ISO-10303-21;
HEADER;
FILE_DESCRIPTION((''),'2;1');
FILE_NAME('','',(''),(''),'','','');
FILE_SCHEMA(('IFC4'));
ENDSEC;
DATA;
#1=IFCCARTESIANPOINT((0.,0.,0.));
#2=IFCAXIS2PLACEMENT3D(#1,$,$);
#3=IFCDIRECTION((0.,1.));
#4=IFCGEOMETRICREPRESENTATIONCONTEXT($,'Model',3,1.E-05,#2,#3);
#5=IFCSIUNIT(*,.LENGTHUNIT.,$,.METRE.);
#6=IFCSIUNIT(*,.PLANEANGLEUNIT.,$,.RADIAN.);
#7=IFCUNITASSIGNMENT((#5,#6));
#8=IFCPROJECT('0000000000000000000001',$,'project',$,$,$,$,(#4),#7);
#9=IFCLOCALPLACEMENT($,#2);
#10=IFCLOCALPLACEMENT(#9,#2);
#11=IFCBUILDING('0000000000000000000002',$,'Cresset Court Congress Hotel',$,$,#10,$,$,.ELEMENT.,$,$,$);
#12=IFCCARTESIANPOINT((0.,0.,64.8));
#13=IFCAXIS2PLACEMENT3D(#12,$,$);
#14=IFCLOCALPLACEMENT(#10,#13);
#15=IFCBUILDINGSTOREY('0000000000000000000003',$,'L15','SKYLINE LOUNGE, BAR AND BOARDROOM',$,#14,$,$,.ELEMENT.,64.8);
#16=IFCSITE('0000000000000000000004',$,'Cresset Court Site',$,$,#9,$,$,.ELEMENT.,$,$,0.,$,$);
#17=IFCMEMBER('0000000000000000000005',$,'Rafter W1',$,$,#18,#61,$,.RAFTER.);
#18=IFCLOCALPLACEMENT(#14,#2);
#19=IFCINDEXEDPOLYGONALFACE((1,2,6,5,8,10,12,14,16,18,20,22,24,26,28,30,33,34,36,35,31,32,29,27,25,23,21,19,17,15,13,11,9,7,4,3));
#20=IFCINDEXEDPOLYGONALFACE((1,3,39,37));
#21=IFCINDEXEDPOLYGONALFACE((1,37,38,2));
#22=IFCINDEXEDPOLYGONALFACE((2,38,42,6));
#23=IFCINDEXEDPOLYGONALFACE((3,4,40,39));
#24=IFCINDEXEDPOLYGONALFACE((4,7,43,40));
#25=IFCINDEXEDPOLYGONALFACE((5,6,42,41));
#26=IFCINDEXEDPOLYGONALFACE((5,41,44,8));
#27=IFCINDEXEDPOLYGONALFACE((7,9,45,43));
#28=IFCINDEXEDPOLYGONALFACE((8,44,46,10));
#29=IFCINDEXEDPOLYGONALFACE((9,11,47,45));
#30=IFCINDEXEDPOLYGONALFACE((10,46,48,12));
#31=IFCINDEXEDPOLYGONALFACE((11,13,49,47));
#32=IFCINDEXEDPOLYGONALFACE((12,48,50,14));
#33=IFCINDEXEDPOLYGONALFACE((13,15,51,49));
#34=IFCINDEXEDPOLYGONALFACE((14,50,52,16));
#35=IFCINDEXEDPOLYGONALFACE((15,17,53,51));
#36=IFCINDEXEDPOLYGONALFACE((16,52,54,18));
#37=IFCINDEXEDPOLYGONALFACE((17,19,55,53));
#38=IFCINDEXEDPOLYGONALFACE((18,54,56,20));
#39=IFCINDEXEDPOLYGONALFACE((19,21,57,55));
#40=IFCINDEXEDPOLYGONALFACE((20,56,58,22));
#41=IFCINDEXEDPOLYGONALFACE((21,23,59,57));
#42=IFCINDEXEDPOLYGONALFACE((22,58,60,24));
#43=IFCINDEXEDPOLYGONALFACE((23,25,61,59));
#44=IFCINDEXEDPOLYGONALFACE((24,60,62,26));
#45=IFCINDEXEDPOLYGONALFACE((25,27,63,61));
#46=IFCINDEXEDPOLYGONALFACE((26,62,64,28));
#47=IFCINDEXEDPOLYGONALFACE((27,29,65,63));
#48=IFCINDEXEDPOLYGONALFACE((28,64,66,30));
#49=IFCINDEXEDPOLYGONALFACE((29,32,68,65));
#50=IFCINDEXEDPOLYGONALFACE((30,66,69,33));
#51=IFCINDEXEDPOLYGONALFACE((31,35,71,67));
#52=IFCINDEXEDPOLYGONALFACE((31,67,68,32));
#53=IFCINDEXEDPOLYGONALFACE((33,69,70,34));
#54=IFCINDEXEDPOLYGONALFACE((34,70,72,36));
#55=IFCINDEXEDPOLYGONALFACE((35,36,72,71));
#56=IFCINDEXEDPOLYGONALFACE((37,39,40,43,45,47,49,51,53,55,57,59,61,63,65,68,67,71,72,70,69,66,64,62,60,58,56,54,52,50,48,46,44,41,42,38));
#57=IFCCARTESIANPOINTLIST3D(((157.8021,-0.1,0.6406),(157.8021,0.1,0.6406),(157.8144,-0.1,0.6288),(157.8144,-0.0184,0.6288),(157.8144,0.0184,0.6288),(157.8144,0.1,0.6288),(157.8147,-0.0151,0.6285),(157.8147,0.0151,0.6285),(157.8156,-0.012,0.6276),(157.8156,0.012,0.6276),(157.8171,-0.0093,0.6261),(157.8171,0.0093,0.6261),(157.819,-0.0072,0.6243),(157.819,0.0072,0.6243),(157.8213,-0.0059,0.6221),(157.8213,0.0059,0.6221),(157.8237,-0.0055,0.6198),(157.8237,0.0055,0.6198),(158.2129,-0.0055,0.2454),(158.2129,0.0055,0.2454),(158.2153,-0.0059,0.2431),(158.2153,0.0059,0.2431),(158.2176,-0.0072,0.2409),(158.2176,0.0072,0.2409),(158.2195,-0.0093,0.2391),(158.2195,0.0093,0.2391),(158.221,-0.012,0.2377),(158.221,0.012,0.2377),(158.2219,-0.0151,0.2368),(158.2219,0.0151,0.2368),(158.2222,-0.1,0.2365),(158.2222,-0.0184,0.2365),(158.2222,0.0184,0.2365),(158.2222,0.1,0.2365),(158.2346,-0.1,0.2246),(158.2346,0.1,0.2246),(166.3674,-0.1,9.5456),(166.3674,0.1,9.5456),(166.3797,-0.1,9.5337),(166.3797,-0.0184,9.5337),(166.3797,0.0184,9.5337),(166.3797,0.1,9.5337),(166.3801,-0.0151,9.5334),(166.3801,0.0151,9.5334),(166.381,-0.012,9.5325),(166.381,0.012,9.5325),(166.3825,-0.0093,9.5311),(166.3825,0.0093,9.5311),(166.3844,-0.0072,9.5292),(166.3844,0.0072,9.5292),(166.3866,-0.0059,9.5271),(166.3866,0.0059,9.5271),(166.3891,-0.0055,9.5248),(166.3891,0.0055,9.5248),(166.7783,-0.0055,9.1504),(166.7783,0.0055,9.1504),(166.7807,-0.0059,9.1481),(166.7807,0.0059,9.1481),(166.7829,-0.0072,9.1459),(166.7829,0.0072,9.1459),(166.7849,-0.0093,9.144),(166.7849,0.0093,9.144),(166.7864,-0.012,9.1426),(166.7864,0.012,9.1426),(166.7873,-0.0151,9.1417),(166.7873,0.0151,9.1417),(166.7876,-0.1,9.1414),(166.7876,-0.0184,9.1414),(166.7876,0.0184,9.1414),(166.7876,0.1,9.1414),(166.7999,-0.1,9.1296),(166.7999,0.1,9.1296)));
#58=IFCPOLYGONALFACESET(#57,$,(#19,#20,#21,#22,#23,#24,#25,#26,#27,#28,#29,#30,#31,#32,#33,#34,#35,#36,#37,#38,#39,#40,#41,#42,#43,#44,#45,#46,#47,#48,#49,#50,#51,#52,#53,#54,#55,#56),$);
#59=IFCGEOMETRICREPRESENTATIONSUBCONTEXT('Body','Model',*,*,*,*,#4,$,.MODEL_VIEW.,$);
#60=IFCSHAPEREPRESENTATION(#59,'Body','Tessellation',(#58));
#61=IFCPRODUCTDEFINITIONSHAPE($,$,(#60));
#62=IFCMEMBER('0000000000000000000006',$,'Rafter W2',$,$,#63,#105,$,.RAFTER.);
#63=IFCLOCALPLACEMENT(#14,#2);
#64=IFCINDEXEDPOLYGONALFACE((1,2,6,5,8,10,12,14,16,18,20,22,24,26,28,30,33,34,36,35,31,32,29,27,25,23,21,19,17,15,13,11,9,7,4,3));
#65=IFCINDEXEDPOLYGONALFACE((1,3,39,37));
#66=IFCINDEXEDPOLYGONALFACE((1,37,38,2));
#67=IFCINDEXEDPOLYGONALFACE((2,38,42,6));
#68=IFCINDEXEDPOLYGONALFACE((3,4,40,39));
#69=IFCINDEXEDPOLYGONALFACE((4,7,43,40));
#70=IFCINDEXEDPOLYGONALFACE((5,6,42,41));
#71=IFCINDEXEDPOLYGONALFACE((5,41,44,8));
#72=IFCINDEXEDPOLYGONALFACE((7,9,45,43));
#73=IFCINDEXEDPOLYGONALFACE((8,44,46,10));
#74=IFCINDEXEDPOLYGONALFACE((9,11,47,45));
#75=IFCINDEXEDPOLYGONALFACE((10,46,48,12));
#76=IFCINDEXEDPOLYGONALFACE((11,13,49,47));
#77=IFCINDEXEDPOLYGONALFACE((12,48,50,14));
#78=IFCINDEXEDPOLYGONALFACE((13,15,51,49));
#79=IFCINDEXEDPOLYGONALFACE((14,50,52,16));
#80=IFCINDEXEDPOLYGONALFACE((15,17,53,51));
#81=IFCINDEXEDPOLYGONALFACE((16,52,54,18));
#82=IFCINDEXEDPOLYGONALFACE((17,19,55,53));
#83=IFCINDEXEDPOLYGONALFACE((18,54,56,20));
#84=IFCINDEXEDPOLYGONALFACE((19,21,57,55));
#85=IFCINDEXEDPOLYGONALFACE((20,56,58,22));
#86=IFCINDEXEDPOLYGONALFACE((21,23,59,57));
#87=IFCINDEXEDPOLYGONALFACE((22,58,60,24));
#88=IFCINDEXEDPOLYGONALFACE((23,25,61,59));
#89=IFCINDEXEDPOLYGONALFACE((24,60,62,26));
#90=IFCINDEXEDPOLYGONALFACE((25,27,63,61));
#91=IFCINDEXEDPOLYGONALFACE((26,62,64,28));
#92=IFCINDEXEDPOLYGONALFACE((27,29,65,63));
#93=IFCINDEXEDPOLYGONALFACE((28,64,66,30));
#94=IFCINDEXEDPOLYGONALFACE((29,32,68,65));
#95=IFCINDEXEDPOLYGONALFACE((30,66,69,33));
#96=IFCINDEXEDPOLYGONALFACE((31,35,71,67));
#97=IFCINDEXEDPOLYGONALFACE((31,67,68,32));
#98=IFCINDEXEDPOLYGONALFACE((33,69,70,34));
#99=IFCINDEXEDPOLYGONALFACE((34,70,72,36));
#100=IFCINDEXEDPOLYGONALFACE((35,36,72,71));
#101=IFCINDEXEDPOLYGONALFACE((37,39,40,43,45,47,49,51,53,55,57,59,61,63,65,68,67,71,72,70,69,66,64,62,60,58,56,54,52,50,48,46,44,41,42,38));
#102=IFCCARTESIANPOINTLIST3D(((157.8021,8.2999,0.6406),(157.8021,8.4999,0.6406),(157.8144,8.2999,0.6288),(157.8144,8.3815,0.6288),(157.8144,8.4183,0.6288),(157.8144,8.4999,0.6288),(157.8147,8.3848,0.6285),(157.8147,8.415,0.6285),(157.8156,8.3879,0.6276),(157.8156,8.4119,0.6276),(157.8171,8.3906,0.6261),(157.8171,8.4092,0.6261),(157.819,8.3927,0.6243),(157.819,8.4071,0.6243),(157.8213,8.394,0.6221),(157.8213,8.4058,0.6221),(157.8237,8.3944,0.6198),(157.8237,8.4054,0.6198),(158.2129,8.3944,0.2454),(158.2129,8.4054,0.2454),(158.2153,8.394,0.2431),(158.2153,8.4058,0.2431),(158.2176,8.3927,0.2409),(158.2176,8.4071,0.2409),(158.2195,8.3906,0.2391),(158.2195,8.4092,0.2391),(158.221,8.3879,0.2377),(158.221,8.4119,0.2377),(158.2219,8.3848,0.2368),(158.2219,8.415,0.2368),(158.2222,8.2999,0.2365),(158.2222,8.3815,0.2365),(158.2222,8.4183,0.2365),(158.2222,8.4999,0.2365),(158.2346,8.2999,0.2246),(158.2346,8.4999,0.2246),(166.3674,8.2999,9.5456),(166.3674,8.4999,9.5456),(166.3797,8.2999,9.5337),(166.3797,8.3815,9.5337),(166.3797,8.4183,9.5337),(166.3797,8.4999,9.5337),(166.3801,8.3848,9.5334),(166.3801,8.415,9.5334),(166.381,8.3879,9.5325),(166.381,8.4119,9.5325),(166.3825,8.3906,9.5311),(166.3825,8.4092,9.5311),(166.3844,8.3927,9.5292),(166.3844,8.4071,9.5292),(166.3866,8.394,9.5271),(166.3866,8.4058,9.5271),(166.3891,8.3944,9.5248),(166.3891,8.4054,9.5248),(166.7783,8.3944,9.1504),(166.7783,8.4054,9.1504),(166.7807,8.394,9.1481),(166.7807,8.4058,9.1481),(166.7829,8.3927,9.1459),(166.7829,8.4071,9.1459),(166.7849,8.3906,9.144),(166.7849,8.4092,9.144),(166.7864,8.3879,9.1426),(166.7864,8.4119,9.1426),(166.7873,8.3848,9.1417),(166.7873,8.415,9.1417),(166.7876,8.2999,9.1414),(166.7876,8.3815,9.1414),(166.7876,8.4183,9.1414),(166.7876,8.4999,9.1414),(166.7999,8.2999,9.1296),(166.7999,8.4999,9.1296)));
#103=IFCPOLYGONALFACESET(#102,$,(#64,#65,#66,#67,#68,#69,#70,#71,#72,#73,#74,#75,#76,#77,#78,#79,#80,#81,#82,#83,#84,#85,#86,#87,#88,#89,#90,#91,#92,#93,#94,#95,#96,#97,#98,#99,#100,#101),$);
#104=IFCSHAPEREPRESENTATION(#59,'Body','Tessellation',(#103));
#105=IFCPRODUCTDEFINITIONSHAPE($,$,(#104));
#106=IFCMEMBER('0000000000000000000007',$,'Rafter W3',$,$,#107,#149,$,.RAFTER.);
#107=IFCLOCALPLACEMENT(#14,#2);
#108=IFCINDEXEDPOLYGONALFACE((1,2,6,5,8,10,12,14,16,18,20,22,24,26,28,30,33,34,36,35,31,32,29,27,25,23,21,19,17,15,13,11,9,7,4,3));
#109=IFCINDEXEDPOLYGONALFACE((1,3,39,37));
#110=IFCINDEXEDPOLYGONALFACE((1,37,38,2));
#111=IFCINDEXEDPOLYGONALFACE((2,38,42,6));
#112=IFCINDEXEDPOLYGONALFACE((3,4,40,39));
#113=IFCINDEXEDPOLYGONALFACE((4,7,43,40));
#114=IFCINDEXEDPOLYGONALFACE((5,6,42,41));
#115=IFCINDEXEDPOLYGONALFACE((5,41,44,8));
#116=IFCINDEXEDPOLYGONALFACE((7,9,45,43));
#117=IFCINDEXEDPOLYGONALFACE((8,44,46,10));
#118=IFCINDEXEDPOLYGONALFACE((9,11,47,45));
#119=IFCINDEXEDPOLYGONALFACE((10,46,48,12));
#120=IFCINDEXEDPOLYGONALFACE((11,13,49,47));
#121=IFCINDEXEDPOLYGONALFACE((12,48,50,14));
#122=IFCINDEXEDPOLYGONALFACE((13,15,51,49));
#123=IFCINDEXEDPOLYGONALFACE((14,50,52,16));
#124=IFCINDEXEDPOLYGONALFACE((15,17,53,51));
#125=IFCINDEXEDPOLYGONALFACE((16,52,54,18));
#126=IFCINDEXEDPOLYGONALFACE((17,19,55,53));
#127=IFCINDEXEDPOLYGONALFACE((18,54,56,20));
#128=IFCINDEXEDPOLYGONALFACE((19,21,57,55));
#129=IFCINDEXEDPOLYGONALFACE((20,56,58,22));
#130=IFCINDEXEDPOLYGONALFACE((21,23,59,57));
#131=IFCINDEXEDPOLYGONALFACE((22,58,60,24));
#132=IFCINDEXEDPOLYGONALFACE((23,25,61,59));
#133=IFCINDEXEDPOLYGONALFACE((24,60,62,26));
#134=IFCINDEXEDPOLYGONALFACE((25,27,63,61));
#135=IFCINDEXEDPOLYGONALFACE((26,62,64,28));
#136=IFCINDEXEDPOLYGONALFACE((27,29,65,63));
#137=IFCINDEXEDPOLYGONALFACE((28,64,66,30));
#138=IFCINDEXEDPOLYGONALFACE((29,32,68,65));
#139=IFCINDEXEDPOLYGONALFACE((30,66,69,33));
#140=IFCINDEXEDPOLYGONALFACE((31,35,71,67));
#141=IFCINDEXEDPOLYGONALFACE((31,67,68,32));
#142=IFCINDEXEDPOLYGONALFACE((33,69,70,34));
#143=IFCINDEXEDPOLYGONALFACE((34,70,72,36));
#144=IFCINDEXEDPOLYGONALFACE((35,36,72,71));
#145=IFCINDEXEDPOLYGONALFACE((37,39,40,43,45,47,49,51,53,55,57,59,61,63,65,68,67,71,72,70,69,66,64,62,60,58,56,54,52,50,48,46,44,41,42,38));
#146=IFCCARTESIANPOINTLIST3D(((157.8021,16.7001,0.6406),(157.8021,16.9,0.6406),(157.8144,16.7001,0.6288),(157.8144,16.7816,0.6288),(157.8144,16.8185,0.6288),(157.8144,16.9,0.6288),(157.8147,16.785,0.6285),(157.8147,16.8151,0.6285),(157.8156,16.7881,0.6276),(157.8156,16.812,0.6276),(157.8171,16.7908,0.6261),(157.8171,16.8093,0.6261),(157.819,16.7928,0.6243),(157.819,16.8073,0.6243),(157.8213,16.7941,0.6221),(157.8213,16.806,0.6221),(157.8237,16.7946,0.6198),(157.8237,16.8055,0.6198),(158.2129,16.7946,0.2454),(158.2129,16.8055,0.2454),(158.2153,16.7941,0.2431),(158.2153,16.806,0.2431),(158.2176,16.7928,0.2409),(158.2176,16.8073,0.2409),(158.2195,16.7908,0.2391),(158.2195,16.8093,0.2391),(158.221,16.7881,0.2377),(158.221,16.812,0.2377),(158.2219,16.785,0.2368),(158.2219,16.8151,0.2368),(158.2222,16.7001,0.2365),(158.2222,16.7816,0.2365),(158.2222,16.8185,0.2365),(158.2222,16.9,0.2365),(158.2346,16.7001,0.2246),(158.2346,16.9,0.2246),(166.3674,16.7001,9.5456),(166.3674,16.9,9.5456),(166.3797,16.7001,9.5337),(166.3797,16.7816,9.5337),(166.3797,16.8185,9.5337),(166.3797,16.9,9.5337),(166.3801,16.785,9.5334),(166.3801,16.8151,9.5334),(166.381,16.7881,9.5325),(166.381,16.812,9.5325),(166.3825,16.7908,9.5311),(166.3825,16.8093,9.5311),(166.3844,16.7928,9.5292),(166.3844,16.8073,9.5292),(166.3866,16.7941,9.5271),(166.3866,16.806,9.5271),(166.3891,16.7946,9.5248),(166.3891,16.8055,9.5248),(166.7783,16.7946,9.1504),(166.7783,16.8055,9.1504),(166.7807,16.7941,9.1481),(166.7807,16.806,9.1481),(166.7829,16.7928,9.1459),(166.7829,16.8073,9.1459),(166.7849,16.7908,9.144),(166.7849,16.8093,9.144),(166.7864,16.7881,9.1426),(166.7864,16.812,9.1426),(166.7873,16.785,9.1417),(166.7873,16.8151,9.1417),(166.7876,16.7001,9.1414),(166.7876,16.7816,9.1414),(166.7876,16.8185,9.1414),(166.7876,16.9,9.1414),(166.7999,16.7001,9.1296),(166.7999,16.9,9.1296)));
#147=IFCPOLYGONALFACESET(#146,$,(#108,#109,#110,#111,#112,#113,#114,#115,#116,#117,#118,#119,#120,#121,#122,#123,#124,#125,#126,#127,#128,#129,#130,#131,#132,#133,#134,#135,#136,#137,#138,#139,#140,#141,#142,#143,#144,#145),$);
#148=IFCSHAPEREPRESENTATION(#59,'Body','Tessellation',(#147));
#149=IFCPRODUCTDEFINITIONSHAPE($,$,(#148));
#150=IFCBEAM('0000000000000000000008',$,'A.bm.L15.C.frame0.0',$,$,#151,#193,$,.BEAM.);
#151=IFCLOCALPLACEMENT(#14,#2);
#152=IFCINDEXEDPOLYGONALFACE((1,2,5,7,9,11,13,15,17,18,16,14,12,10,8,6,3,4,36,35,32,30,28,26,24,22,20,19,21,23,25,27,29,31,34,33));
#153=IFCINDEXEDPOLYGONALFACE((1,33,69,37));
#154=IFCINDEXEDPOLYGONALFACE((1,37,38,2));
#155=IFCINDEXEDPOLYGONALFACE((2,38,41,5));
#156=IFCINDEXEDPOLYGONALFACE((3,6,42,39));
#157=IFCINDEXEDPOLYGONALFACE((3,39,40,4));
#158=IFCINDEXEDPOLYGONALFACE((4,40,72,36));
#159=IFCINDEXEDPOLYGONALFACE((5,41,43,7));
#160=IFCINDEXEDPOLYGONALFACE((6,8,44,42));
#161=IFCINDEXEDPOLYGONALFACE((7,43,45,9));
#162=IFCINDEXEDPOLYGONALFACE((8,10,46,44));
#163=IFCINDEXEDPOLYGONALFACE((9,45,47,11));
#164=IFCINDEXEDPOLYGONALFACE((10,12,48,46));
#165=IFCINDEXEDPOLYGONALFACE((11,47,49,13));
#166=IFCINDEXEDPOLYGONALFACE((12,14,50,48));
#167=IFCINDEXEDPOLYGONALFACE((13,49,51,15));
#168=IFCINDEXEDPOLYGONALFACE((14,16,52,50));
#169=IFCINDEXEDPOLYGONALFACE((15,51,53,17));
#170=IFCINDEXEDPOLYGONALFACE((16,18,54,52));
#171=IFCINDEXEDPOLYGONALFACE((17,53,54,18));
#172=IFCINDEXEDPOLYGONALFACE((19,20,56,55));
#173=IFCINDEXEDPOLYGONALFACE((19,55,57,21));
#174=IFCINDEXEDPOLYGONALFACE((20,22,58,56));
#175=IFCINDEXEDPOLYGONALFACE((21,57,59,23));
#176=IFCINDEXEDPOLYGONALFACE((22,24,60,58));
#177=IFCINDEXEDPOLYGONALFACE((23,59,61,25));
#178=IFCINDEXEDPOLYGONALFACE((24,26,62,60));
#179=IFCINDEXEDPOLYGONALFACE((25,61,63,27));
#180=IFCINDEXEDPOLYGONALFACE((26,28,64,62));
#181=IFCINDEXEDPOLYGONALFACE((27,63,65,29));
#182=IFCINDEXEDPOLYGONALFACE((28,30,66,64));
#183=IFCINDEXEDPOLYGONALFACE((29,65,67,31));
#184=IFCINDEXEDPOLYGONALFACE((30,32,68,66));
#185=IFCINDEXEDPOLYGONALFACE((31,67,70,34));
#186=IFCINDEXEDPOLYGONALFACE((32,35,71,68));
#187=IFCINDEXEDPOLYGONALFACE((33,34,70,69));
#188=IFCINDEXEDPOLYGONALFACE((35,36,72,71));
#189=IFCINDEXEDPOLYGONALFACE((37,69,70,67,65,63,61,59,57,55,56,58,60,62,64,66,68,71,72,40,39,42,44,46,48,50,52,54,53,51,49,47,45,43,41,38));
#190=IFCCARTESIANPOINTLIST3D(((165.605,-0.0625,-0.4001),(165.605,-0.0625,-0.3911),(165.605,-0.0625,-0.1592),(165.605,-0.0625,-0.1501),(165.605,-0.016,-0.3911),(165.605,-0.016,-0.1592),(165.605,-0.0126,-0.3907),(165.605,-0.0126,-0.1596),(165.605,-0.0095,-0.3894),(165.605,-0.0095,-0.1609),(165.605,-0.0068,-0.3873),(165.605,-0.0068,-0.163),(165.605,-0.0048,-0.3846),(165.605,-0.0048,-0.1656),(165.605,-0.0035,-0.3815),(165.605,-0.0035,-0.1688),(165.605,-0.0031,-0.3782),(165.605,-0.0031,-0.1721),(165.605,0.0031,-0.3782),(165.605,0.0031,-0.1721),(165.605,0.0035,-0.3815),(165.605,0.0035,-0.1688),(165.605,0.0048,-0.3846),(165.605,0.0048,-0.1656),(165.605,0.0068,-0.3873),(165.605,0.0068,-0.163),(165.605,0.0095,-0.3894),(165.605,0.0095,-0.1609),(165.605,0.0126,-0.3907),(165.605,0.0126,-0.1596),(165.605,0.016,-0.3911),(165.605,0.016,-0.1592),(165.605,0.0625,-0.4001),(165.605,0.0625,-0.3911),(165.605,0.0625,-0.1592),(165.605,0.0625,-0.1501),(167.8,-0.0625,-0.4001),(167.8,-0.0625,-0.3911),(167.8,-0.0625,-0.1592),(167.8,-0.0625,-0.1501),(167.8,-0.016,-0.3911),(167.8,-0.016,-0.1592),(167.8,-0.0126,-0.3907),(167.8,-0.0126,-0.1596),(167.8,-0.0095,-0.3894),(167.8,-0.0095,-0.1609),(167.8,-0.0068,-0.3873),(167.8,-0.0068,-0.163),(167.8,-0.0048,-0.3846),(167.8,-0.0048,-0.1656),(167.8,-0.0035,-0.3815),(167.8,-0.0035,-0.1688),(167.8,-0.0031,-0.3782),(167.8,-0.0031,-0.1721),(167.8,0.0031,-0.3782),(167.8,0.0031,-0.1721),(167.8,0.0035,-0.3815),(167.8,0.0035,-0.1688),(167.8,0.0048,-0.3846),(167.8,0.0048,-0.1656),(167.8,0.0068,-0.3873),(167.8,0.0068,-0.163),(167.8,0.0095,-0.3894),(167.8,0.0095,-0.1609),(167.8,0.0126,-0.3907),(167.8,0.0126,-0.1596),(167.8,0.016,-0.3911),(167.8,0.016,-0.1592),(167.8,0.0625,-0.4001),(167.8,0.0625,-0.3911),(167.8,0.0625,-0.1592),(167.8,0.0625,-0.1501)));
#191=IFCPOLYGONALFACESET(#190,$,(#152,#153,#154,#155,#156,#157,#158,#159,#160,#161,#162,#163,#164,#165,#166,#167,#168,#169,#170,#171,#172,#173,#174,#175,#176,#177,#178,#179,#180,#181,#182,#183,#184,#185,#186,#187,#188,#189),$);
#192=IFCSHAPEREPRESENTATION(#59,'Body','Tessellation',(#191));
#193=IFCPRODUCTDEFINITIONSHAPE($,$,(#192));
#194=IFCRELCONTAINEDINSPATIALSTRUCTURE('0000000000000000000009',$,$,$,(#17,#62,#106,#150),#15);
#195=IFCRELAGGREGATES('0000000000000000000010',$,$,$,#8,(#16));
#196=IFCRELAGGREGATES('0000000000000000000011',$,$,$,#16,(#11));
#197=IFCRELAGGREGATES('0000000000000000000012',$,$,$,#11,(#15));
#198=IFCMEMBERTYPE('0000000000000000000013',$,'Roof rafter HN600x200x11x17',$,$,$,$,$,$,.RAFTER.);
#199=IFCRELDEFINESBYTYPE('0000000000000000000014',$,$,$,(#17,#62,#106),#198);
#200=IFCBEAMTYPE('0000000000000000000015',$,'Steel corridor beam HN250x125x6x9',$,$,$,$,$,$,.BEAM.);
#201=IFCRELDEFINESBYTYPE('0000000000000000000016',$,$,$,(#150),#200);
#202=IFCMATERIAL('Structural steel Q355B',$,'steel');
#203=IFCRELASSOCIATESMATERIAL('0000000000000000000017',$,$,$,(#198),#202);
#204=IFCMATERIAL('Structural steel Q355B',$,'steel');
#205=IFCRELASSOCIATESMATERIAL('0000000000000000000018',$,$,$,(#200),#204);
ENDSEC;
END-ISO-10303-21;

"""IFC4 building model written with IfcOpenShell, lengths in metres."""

from ifc_helpers import new_model, si_unit, direction, frame, origin, origin_2d, place, context, subcontext, project, spatial, i_section, extrude, material, material_profile, profile_set, type_object, element, save


model = new_model("IFC4")

# Units and contexts
model_context = context("Model", 3, precision=1e-05, world=origin(), true_north=direction((0.0, 1.0)))
body_context = subcontext(model_context, "Body", "Model", "MODEL_VIEW")
ifc_project = project(units=[si_unit("LENGTHUNIT", "METRE"), si_unit("PLANEANGLEUNIT", "RADIAN")], contexts=[model_context])

# Site, building, storey
site_placement = place(None, origin())
site = spatial("IfcSite", under=ifc_project, at=site_placement, Name="Cresset Court Site", CompositionType="ELEMENT", RefElevation=0.0)
building_placement = place(site_placement, origin())
building = spatial("IfcBuilding", under=site, at=building_placement, Name="Cresset Court Congress Hotel", CompositionType="ELEMENT")
storey_placement = place(building_placement, frame((0.0, 0.0, 64.8)))
storey = spatial("IfcBuildingStorey", under=building, at=storey_placement, Name="L15", Description="SKYLINE LOUNGE, BAR AND BOARDROOM", CompositionType="ELEMENT", Elevation=64.8)

# Members
ifc_material_1 = material(Name="Structural steel Q355B", Category="steel")
ifc_material_profile_1 = material_profile(ifc_material_1, i_section(OverallWidth=0.2, OverallDepth=0.6001, WebThickness=0.011, FlangeThickness=0.0171, FilletRadius=0.0129, at=origin_2d()), Name="HN600x200x11x17")
ifc_profile_set_1 = profile_set([ifc_material_profile_1], Name="Structural steel Q355B")
member_type_1 = type_object("IfcMemberType", Name="Roof rafter HN600x200x11x17", PredefinedType="RAFTER", material=ifc_profile_set_1)
for number, where, z_axis, x_axis, name in (
    (1, (158.0183, 0.0, 0.4326), (0.693231, 0.0, 0.720716), (0.0, 1.0, 0.0), "Rafter W1"),
    (2, (158.0183, 8.3999, 0.4326), (0.693231, 0.0, 0.720716), (0.0, 1.0, 0.0), "Rafter W2"),
    (3, (158.0183, 16.8, 0.4326), (0.693231, 0.0, 0.720716), (0.0, 1.0, 0.0), "Rafter W3"),
):
    element("IfcMember", number, at=place(storey_placement, frame(where, z_axis=z_axis, x_axis=x_axis)), inside=storey, type_object=member_type_1, Name=name, PredefinedType="RAFTER", context=body_context, shape_type="SweptSolid", body=[
        extrude(i_section(OverallWidth=0.2, OverallDepth=0.6001, WebThickness=0.011, FlangeThickness=0.0171, FilletRadius=0.0129, at=origin_2d()), origin(), (0.0, 0.0, 1.0), 12.3557),
    ])

# Beam
ifc_material_2 = material(Name="Structural steel Q355B", Category="steel")
ifc_material_profile_2 = material_profile(ifc_material_2, i_section(OverallWidth=0.125, OverallDepth=0.25, WebThickness=0.0061, FlangeThickness=0.009, FilletRadius=0.0129, at=origin_2d()), Name="HN250x125x6x9")
ifc_profile_set_2 = profile_set([ifc_material_profile_2], Name="Structural steel Q355B")
beam_type_1 = type_object("IfcBeamType", Name="Steel corridor beam HN250x125x6x9", PredefinedType="BEAM", material=ifc_profile_set_2)
beam_1_placement = place(storey_placement, frame((165.605, 0.0, -0.2751), z_axis=(1.0, 0.0, 0.0), x_axis=(0.0, 1.0, 0.0)))
element("IfcBeam", 4, at=beam_1_placement, inside=storey, type_object=beam_type_1, Name="A.bm.L15.C.frame0.0", PredefinedType="BEAM", context=body_context, shape_type="SweptSolid", body=[
    extrude(i_section(OverallWidth=0.125, OverallDepth=0.25, WebThickness=0.0061, FlangeThickness=0.009, FilletRadius=0.0129, at=origin_2d()), origin(), (0.0, 0.0, 1.0), 2.1951),
])

save(model, "model.ifc")
